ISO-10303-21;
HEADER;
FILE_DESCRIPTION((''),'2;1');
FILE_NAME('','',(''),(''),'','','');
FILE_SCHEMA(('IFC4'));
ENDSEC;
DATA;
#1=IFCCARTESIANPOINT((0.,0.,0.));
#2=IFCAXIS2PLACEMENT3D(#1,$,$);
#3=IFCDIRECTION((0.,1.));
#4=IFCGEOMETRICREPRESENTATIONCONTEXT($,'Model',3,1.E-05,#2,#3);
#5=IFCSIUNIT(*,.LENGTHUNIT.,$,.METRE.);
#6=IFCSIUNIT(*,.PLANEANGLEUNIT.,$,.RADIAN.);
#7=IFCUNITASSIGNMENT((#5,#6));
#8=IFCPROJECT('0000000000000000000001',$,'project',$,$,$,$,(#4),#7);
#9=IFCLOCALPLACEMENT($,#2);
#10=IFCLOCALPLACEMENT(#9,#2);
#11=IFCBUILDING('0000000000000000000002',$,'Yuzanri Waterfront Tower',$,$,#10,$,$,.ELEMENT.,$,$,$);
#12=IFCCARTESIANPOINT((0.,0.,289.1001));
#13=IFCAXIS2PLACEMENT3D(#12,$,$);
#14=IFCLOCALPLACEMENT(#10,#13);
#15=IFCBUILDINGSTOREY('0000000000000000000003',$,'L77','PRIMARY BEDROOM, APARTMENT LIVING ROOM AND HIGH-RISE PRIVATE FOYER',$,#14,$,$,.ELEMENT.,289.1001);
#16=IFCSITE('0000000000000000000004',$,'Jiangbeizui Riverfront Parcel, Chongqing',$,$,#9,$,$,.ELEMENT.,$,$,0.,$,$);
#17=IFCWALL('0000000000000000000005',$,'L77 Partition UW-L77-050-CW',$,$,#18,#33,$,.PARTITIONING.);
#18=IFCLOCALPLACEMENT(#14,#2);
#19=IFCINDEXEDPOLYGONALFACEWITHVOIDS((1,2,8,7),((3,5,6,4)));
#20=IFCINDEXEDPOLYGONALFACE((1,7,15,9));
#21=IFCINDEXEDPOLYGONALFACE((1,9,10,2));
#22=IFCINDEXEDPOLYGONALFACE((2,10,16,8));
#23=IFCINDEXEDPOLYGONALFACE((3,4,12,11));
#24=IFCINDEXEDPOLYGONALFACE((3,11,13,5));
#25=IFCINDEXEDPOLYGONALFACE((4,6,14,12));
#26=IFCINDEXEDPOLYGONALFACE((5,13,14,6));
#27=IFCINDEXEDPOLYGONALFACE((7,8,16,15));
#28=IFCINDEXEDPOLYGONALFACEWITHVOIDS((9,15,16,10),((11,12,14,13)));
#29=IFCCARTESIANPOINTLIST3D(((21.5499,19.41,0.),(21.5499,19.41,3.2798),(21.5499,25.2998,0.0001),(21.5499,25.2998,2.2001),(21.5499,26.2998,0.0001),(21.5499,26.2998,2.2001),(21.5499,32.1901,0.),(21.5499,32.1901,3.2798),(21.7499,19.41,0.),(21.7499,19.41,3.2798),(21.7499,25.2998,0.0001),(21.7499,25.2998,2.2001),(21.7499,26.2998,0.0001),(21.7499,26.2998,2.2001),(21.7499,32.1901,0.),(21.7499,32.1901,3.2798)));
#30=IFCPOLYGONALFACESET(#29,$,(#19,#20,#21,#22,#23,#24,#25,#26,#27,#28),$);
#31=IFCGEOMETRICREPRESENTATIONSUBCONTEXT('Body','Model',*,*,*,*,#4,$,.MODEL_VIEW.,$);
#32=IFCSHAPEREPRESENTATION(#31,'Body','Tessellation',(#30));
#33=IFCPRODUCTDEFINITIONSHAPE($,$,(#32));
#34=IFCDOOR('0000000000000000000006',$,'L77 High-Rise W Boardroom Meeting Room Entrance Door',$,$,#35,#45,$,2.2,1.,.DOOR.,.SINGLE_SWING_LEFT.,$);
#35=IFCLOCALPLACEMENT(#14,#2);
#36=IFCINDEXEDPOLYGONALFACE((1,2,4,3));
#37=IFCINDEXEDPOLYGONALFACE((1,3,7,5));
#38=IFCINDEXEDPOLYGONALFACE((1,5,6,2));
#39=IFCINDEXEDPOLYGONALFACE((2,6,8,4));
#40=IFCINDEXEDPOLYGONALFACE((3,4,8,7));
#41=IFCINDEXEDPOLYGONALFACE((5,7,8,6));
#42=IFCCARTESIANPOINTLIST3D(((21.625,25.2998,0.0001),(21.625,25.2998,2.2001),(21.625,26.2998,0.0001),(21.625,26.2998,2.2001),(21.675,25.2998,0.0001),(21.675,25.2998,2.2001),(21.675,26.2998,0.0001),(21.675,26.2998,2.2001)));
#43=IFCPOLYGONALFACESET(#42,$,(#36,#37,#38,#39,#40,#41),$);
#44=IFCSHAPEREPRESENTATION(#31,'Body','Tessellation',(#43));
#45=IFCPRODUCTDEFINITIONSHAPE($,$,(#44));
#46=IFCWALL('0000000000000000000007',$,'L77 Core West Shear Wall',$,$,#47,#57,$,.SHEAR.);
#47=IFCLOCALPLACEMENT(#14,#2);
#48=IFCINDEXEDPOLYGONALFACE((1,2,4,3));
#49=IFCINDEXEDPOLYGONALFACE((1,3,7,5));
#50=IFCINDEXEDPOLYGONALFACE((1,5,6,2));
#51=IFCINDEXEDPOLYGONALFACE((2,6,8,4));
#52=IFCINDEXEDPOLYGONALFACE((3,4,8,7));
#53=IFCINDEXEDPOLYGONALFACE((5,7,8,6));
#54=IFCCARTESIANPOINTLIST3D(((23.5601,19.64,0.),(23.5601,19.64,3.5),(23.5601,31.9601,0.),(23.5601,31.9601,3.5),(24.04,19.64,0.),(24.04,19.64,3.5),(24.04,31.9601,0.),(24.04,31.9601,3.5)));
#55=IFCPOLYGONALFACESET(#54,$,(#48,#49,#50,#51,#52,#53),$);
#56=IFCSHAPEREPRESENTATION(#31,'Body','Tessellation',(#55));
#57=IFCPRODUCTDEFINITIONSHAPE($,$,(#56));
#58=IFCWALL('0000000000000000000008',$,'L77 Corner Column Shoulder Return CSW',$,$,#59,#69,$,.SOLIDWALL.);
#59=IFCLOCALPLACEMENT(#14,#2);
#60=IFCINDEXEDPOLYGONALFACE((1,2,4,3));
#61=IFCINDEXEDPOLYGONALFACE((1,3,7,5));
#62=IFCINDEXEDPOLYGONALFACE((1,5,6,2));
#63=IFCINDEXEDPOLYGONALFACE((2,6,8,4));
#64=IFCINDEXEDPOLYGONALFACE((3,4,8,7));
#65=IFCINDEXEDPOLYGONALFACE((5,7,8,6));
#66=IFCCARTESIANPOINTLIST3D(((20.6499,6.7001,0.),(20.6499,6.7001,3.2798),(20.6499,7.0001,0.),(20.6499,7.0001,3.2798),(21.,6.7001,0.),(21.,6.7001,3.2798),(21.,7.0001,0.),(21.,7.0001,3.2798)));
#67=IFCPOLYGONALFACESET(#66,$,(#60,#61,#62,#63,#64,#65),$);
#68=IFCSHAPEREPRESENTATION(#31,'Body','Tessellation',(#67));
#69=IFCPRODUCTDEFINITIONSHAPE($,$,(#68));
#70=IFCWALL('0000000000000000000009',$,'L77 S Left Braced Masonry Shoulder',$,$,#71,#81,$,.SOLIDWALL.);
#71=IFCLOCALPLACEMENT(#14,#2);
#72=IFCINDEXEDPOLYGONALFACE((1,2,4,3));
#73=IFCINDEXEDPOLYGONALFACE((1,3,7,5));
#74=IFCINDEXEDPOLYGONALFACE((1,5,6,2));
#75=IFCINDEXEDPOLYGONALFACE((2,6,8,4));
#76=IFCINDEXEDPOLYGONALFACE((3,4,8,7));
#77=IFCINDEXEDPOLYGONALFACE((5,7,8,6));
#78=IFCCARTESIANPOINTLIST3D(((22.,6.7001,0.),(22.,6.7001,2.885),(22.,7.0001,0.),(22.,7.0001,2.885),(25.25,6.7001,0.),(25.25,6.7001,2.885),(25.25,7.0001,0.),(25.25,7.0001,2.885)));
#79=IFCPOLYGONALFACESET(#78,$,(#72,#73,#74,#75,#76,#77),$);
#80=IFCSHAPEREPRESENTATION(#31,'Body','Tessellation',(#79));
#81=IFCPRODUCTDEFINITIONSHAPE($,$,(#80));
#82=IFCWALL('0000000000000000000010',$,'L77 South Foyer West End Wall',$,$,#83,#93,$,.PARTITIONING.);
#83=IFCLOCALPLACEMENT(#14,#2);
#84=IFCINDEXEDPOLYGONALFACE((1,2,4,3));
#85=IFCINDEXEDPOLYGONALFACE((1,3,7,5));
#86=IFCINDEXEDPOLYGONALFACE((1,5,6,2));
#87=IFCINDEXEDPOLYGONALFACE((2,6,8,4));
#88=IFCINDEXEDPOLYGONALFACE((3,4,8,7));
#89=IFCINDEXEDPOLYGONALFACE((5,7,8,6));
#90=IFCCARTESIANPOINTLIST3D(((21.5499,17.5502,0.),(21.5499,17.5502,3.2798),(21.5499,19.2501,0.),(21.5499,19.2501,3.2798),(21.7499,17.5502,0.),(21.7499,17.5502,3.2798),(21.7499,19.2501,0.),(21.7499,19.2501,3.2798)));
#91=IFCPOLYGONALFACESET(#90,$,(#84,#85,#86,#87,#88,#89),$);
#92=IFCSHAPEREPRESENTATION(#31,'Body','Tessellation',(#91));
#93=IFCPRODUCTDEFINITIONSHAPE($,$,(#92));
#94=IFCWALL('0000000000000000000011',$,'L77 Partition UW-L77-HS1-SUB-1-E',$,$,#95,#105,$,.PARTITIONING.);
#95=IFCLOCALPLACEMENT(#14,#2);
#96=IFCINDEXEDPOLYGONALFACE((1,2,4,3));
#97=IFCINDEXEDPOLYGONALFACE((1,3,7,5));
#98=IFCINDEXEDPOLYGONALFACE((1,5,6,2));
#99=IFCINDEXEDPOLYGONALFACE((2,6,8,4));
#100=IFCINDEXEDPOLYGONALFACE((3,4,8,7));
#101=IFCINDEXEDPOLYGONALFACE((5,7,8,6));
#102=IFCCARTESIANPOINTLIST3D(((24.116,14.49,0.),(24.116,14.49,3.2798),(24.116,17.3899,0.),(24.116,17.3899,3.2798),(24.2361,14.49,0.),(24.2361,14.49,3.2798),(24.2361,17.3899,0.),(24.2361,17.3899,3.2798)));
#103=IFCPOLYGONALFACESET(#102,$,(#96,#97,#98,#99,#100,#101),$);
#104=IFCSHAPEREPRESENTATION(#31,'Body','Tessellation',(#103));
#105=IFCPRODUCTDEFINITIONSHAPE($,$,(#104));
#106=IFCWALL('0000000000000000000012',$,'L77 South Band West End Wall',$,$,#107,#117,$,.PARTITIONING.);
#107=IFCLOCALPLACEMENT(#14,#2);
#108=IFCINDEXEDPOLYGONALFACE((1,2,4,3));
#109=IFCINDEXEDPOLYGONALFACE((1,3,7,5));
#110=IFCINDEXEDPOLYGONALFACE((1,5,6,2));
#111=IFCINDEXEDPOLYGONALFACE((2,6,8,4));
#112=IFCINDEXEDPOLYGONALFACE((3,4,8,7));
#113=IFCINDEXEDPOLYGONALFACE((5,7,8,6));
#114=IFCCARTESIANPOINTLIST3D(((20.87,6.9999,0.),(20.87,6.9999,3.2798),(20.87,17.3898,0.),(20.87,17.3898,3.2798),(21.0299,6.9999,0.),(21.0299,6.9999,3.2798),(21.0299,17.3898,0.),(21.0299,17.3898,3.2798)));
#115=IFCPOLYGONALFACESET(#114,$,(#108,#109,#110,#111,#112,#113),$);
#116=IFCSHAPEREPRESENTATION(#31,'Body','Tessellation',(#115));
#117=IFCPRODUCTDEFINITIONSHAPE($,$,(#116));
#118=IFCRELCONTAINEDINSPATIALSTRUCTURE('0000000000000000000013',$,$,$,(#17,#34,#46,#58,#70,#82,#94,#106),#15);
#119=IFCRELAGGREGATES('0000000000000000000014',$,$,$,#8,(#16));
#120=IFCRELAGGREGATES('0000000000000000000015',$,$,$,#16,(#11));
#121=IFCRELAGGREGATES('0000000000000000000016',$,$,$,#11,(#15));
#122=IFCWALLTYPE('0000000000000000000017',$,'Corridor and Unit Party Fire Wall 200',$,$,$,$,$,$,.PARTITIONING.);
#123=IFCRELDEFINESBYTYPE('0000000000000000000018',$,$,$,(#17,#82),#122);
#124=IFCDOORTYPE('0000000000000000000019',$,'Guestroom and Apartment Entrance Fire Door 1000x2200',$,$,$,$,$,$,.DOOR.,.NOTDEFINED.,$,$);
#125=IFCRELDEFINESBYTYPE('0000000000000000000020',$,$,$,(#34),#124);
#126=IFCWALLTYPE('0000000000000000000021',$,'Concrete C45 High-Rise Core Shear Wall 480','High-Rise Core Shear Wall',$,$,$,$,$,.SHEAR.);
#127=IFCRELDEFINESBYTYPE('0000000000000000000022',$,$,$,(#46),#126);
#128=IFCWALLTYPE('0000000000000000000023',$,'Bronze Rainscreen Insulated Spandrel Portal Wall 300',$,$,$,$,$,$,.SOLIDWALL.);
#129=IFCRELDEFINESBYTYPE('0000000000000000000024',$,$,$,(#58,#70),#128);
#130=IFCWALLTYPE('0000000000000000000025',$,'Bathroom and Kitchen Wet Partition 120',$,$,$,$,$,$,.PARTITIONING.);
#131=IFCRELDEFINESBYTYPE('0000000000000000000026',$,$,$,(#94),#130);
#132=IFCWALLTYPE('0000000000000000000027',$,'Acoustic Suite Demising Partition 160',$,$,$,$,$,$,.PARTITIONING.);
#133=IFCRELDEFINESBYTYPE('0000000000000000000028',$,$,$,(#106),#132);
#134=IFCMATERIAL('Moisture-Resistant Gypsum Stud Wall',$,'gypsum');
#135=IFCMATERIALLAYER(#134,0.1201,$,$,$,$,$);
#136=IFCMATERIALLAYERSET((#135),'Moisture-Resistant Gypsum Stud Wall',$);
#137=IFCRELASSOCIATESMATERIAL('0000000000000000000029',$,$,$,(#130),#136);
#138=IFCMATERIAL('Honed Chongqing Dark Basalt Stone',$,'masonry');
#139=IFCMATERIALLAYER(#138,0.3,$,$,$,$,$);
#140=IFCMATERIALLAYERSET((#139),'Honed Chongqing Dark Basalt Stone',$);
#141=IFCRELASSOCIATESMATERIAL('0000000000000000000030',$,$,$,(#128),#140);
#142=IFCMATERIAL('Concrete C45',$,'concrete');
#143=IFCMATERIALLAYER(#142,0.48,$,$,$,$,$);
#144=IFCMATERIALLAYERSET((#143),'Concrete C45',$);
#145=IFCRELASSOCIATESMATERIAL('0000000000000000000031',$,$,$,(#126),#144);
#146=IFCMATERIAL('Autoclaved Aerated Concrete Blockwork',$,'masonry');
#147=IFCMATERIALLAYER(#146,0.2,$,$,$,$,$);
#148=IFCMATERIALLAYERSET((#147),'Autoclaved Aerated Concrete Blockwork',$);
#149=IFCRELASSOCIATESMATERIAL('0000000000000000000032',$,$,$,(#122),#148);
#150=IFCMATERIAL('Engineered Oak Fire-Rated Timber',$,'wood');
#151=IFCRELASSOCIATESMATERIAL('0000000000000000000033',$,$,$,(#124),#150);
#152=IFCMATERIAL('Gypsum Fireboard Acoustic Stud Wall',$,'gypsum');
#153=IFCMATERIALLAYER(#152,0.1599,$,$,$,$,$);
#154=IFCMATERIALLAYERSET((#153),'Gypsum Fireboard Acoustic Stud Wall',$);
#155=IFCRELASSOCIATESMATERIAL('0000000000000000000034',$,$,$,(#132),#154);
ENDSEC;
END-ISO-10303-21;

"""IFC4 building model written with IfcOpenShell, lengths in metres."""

from ifc_helpers import new_model, si_unit, direction, frame, frame_2d, origin, place, context, subcontext, project, spatial, rectangle, extrude, source, transform, mapped, material, layer, layer_set, type_object, element, fill, save


model = new_model("IFC4")

# Units and contexts
model_context = context("Model", 3, precision=1e-05, world=origin(), true_north=direction((0.0, 1.0)))
body_context = subcontext(model_context, "Body", "Model", "MODEL_VIEW")
ifc_project = project(units=[si_unit("LENGTHUNIT", "METRE"), si_unit("PLANEANGLEUNIT", "RADIAN")], contexts=[model_context])

# Site, building, storey
site_placement = place(None, origin())
site = spatial("IfcSite", under=ifc_project, at=site_placement, Name="Jiangbeizui Riverfront Parcel, Chongqing", CompositionType="ELEMENT", RefElevation=0.0)
building_placement = place(site_placement, origin())
building = spatial("IfcBuilding", under=site, at=building_placement, Name="Yuzanri Waterfront Tower", CompositionType="ELEMENT")
storey_placement = place(building_placement, frame((0.0, 0.0, 289.1001)))
storey = spatial("IfcBuildingStorey", under=building, at=storey_placement, Name="L77", Description="PRIMARY BEDROOM, APARTMENT LIVING ROOM AND HIGH-RISE PRIVATE FOYER", CompositionType="ELEMENT", Elevation=289.1001)

# Shared definitions
ifc_material_1 = material(Name="Moisture-Resistant Gypsum Stud Wall", Category="gypsum")
ifc_layer_1 = layer(ifc_material_1, 0.1201)
ifc_layer_set_1 = layer_set([ifc_layer_1], Name="Moisture-Resistant Gypsum Stud Wall")
wall_type_1 = type_object("IfcWallType", Name="Bathroom and Kitchen Wet Partition 120", PredefinedType="PARTITIONING", material=ifc_layer_set_1)

# Shared definitions
ifc_material_2 = material(Name="Honed Chongqing Dark Basalt Stone", Category="masonry")
ifc_layer_2 = layer(ifc_material_2, 0.3)
ifc_layer_set_2 = layer_set([ifc_layer_2], Name="Honed Chongqing Dark Basalt Stone")
wall_type_2 = type_object("IfcWallType", Name="Bronze Rainscreen Insulated Spandrel Portal Wall 300", PredefinedType="SOLIDWALL", material=ifc_layer_set_2)

# Shared definitions
ifc_material_3 = material(Name="Concrete C45", Category="concrete")
ifc_layer_3 = layer(ifc_material_3, 0.48)
ifc_layer_set_3 = layer_set([ifc_layer_3], Name="Concrete C45")
wall_type_3 = type_object("IfcWallType", Name="Concrete C45 High-Rise Core Shear Wall 480", Description="High-Rise Core Shear Wall", PredefinedType="SHEAR", material=ifc_layer_set_3)

# Wall, opening, door
ifc_material_4 = material(Name="Autoclaved Aerated Concrete Blockwork", Category="masonry")
ifc_layer_4 = layer(ifc_material_4, 0.2)
ifc_layer_set_4 = layer_set([ifc_layer_4], Name="Autoclaved Aerated Concrete Blockwork")
wall_type_4 = type_object("IfcWallType", Name="Corridor and Unit Party Fire Wall 200", PredefinedType="PARTITIONING", material=ifc_layer_set_4)
ifc_material_5 = material(Name="Engineered Oak Fire-Rated Timber", Category="wood")
door_type_1 = type_object("IfcDoorType", Name="Guestroom and Apartment Entrance Fire Door 1000x2200", OperationType="NOTDEFINED", PredefinedType="DOOR", material=ifc_material_5)
shared_shape_1 = source(origin(), body_context, "Body", "SweptSolid", [
    extrude(rectangle(XDim=1.0, YDim=2.2, at=frame_2d((0.5, 1.1001))), frame((0.0, 0.0249, 0.0), z_axis=(0.0, -1.0, 0.0), x_axis=(1.0, 0.0, 0.0)), (0.0, 0.0, 1.0), 0.05),
])
wall_1_placement = place(storey_placement, frame((21.6499, 19.4099, 0.0), z_axis=(0.0, 0.0, 1.0), x_axis=(0.0, 1.0, 0.0)))
wall_1 = element("IfcWall", 1, at=wall_1_placement, inside=storey, type_object=wall_type_4, Name="L77 Partition UW-L77-050-CW", PredefinedType="PARTITIONING", context=body_context, shape_type="SweptSolid", body=[
    extrude(rectangle(XDim=12.78, YDim=0.2, at=frame_2d((6.3901, 0.0))), origin(), (0.0, 0.0, 1.0), 3.2798),
])
opening_1_placement = place(wall_1_placement, frame((5.8899, 0.0, 0.0)))
opening_1 = element("IfcOpeningElement", 2, at=opening_1_placement, cuts=wall_1, PredefinedType="OPENING", context=body_context, shape_type="SweptSolid", body=[
    extrude(rectangle(XDim=1.0, YDim=2.2, at=frame_2d((0.5, 1.1001))), frame((0.0, 0.1147, 0.0), z_axis=(0.0, -1.0, 0.0), x_axis=(1.0, 0.0, 0.0)), (0.0, 0.0, 1.0), 0.2297),
])
door_1_placement = place(opening_1_placement, origin())
door_1 = element("IfcDoor", 3, at=door_1_placement, inside=storey, type_object=door_type_1, Name="L77 High-Rise W Boardroom Meeting Room Entrance Door", OperationType="SINGLE_SWING_LEFT", OverallHeight=2.2, OverallWidth=1.0, PredefinedType="DOOR", context=body_context, shape_type="MappedRepresentation", body=[
    mapped(shared_shape_1, transform((0.0, 0.0, 0.0), scale=1.0)),
])
fill(opening_1, door_1)

# Walls
shared_shape_2 = source(origin(), body_context, "Body", "SweptSolid", [
    extrude(rectangle(XDim=12.3201, YDim=0.48, at=frame_2d((6.1602, 0.0))), origin(), (0.0, 0.0, 1.0), 3.5),
])
wall_2_placement = place(storey_placement, frame((23.8, 19.6399, 0.0), z_axis=(0.0, 0.0, 1.0), x_axis=(0.0, 1.0, 0.0)))
element("IfcWall", 4, at=wall_2_placement, inside=storey, type_object=wall_type_3, Name="L77 Core West Shear Wall", PredefinedType="SHEAR", context=body_context, shape_type="MappedRepresentation", body=[
    mapped(shared_shape_2, transform((0.0, 0.0, 0.0), scale=1.0)),
])
shared_shape_3 = source(origin(), body_context, "Body", "SweptSolid", [
    extrude(rectangle(XDim=0.3501, YDim=0.3, at=frame_2d((0.175, 0.0))), origin(), (0.0, 0.0, 1.0), 3.2798),
])
wall_3_placement = place(storey_placement, frame((20.6499, 6.8501, 0.0), z_axis=(0.0, 0.0, 1.0), x_axis=(1.0, 0.0, 0.0)))
element("IfcWall", 5, at=wall_3_placement, inside=storey, type_object=wall_type_2, Name="L77 Corner Column Shoulder Return CSW", PredefinedType="SOLIDWALL", context=body_context, shape_type="MappedRepresentation", body=[
    mapped(shared_shape_3, transform((0.0, 0.0, 0.0), scale=1.0)),
])
shared_shape_4 = source(origin(), body_context, "Body", "SweptSolid", [
    extrude(rectangle(XDim=3.25, YDim=0.3, at=frame_2d((1.625, 0.0))), origin(), (0.0, 0.0, 1.0), 2.885),
])
wall_4_placement = place(storey_placement, frame((22.0, 6.8501, 0.0), z_axis=(0.0, 0.0, 1.0), x_axis=(1.0, 0.0, 0.0)))
element("IfcWall", 6, at=wall_4_placement, inside=storey, type_object=wall_type_2, Name="L77 S Left Braced Masonry Shoulder", PredefinedType="SOLIDWALL", context=body_context, shape_type="MappedRepresentation", body=[
    mapped(shared_shape_4, transform((0.0, 0.0, 0.0), scale=1.0)),
])
shared_shape_5 = source(origin(), body_context, "Body", "SweptSolid", [
    extrude(rectangle(XDim=1.7, YDim=0.2, at=frame_2d((0.8501, 0.0))), origin(), (0.0, 0.0, 1.0), 3.2798),
])
wall_5_placement = place(storey_placement, frame((21.6499, 17.55, 0.0), z_axis=(0.0, 0.0, 1.0), x_axis=(0.0, 1.0, 0.0)))
element("IfcWall", 7, at=wall_5_placement, inside=storey, type_object=wall_type_4, Name="L77 South Foyer West End Wall", PredefinedType="PARTITIONING", context=body_context, shape_type="MappedRepresentation", body=[
    mapped(shared_shape_5, transform((0.0, 0.0, 0.0), scale=1.0)),
])
shared_shape_6 = source(origin(), body_context, "Body", "SweptSolid", [
    extrude(rectangle(XDim=2.8999, YDim=0.1201, at=frame_2d((1.45, 0.0))), origin(), (0.0, 0.0, 1.0), 3.2798),
])
wall_6_placement = place(storey_placement, frame((24.176, 14.49, 0.0), z_axis=(0.0, 0.0, 1.0), x_axis=(0.0, 1.0, 0.0)))
element("IfcWall", 8, at=wall_6_placement, inside=storey, type_object=wall_type_1, Name="L77 Partition UW-L77-HS1-SUB-1-E", PredefinedType="PARTITIONING", context=body_context, shape_type="MappedRepresentation", body=[
    mapped(shared_shape_6, transform((0.0, 0.0, 0.0), scale=1.0)),
])
ifc_material_6 = material(Name="Gypsum Fireboard Acoustic Stud Wall", Category="gypsum")
ifc_layer_5 = layer(ifc_material_6, 0.1599)
ifc_layer_set_5 = layer_set([ifc_layer_5], Name="Gypsum Fireboard Acoustic Stud Wall")
wall_type_5 = type_object("IfcWallType", Name="Acoustic Suite Demising Partition 160", PredefinedType="PARTITIONING", material=ifc_layer_set_5)
shared_shape_7 = source(origin(), body_context, "Body", "SweptSolid", [
    extrude(rectangle(XDim=10.3899, YDim=0.1599, at=frame_2d((5.1948, 0.0))), origin(), (0.0, 0.0, 1.0), 3.2798),
])
wall_7_placement = place(storey_placement, frame((20.95, 7.0, 0.0), z_axis=(0.0, 0.0, 1.0), x_axis=(0.0, 1.0, 0.0)))
element("IfcWall", 9, at=wall_7_placement, inside=storey, type_object=wall_type_5, Name="L77 South Band West End Wall", PredefinedType="PARTITIONING", context=body_context, shape_type="MappedRepresentation", body=[
    mapped(shared_shape_7, transform((0.0, 0.0, 0.0), scale=1.0)),
])

save(model, "model.ifc")
